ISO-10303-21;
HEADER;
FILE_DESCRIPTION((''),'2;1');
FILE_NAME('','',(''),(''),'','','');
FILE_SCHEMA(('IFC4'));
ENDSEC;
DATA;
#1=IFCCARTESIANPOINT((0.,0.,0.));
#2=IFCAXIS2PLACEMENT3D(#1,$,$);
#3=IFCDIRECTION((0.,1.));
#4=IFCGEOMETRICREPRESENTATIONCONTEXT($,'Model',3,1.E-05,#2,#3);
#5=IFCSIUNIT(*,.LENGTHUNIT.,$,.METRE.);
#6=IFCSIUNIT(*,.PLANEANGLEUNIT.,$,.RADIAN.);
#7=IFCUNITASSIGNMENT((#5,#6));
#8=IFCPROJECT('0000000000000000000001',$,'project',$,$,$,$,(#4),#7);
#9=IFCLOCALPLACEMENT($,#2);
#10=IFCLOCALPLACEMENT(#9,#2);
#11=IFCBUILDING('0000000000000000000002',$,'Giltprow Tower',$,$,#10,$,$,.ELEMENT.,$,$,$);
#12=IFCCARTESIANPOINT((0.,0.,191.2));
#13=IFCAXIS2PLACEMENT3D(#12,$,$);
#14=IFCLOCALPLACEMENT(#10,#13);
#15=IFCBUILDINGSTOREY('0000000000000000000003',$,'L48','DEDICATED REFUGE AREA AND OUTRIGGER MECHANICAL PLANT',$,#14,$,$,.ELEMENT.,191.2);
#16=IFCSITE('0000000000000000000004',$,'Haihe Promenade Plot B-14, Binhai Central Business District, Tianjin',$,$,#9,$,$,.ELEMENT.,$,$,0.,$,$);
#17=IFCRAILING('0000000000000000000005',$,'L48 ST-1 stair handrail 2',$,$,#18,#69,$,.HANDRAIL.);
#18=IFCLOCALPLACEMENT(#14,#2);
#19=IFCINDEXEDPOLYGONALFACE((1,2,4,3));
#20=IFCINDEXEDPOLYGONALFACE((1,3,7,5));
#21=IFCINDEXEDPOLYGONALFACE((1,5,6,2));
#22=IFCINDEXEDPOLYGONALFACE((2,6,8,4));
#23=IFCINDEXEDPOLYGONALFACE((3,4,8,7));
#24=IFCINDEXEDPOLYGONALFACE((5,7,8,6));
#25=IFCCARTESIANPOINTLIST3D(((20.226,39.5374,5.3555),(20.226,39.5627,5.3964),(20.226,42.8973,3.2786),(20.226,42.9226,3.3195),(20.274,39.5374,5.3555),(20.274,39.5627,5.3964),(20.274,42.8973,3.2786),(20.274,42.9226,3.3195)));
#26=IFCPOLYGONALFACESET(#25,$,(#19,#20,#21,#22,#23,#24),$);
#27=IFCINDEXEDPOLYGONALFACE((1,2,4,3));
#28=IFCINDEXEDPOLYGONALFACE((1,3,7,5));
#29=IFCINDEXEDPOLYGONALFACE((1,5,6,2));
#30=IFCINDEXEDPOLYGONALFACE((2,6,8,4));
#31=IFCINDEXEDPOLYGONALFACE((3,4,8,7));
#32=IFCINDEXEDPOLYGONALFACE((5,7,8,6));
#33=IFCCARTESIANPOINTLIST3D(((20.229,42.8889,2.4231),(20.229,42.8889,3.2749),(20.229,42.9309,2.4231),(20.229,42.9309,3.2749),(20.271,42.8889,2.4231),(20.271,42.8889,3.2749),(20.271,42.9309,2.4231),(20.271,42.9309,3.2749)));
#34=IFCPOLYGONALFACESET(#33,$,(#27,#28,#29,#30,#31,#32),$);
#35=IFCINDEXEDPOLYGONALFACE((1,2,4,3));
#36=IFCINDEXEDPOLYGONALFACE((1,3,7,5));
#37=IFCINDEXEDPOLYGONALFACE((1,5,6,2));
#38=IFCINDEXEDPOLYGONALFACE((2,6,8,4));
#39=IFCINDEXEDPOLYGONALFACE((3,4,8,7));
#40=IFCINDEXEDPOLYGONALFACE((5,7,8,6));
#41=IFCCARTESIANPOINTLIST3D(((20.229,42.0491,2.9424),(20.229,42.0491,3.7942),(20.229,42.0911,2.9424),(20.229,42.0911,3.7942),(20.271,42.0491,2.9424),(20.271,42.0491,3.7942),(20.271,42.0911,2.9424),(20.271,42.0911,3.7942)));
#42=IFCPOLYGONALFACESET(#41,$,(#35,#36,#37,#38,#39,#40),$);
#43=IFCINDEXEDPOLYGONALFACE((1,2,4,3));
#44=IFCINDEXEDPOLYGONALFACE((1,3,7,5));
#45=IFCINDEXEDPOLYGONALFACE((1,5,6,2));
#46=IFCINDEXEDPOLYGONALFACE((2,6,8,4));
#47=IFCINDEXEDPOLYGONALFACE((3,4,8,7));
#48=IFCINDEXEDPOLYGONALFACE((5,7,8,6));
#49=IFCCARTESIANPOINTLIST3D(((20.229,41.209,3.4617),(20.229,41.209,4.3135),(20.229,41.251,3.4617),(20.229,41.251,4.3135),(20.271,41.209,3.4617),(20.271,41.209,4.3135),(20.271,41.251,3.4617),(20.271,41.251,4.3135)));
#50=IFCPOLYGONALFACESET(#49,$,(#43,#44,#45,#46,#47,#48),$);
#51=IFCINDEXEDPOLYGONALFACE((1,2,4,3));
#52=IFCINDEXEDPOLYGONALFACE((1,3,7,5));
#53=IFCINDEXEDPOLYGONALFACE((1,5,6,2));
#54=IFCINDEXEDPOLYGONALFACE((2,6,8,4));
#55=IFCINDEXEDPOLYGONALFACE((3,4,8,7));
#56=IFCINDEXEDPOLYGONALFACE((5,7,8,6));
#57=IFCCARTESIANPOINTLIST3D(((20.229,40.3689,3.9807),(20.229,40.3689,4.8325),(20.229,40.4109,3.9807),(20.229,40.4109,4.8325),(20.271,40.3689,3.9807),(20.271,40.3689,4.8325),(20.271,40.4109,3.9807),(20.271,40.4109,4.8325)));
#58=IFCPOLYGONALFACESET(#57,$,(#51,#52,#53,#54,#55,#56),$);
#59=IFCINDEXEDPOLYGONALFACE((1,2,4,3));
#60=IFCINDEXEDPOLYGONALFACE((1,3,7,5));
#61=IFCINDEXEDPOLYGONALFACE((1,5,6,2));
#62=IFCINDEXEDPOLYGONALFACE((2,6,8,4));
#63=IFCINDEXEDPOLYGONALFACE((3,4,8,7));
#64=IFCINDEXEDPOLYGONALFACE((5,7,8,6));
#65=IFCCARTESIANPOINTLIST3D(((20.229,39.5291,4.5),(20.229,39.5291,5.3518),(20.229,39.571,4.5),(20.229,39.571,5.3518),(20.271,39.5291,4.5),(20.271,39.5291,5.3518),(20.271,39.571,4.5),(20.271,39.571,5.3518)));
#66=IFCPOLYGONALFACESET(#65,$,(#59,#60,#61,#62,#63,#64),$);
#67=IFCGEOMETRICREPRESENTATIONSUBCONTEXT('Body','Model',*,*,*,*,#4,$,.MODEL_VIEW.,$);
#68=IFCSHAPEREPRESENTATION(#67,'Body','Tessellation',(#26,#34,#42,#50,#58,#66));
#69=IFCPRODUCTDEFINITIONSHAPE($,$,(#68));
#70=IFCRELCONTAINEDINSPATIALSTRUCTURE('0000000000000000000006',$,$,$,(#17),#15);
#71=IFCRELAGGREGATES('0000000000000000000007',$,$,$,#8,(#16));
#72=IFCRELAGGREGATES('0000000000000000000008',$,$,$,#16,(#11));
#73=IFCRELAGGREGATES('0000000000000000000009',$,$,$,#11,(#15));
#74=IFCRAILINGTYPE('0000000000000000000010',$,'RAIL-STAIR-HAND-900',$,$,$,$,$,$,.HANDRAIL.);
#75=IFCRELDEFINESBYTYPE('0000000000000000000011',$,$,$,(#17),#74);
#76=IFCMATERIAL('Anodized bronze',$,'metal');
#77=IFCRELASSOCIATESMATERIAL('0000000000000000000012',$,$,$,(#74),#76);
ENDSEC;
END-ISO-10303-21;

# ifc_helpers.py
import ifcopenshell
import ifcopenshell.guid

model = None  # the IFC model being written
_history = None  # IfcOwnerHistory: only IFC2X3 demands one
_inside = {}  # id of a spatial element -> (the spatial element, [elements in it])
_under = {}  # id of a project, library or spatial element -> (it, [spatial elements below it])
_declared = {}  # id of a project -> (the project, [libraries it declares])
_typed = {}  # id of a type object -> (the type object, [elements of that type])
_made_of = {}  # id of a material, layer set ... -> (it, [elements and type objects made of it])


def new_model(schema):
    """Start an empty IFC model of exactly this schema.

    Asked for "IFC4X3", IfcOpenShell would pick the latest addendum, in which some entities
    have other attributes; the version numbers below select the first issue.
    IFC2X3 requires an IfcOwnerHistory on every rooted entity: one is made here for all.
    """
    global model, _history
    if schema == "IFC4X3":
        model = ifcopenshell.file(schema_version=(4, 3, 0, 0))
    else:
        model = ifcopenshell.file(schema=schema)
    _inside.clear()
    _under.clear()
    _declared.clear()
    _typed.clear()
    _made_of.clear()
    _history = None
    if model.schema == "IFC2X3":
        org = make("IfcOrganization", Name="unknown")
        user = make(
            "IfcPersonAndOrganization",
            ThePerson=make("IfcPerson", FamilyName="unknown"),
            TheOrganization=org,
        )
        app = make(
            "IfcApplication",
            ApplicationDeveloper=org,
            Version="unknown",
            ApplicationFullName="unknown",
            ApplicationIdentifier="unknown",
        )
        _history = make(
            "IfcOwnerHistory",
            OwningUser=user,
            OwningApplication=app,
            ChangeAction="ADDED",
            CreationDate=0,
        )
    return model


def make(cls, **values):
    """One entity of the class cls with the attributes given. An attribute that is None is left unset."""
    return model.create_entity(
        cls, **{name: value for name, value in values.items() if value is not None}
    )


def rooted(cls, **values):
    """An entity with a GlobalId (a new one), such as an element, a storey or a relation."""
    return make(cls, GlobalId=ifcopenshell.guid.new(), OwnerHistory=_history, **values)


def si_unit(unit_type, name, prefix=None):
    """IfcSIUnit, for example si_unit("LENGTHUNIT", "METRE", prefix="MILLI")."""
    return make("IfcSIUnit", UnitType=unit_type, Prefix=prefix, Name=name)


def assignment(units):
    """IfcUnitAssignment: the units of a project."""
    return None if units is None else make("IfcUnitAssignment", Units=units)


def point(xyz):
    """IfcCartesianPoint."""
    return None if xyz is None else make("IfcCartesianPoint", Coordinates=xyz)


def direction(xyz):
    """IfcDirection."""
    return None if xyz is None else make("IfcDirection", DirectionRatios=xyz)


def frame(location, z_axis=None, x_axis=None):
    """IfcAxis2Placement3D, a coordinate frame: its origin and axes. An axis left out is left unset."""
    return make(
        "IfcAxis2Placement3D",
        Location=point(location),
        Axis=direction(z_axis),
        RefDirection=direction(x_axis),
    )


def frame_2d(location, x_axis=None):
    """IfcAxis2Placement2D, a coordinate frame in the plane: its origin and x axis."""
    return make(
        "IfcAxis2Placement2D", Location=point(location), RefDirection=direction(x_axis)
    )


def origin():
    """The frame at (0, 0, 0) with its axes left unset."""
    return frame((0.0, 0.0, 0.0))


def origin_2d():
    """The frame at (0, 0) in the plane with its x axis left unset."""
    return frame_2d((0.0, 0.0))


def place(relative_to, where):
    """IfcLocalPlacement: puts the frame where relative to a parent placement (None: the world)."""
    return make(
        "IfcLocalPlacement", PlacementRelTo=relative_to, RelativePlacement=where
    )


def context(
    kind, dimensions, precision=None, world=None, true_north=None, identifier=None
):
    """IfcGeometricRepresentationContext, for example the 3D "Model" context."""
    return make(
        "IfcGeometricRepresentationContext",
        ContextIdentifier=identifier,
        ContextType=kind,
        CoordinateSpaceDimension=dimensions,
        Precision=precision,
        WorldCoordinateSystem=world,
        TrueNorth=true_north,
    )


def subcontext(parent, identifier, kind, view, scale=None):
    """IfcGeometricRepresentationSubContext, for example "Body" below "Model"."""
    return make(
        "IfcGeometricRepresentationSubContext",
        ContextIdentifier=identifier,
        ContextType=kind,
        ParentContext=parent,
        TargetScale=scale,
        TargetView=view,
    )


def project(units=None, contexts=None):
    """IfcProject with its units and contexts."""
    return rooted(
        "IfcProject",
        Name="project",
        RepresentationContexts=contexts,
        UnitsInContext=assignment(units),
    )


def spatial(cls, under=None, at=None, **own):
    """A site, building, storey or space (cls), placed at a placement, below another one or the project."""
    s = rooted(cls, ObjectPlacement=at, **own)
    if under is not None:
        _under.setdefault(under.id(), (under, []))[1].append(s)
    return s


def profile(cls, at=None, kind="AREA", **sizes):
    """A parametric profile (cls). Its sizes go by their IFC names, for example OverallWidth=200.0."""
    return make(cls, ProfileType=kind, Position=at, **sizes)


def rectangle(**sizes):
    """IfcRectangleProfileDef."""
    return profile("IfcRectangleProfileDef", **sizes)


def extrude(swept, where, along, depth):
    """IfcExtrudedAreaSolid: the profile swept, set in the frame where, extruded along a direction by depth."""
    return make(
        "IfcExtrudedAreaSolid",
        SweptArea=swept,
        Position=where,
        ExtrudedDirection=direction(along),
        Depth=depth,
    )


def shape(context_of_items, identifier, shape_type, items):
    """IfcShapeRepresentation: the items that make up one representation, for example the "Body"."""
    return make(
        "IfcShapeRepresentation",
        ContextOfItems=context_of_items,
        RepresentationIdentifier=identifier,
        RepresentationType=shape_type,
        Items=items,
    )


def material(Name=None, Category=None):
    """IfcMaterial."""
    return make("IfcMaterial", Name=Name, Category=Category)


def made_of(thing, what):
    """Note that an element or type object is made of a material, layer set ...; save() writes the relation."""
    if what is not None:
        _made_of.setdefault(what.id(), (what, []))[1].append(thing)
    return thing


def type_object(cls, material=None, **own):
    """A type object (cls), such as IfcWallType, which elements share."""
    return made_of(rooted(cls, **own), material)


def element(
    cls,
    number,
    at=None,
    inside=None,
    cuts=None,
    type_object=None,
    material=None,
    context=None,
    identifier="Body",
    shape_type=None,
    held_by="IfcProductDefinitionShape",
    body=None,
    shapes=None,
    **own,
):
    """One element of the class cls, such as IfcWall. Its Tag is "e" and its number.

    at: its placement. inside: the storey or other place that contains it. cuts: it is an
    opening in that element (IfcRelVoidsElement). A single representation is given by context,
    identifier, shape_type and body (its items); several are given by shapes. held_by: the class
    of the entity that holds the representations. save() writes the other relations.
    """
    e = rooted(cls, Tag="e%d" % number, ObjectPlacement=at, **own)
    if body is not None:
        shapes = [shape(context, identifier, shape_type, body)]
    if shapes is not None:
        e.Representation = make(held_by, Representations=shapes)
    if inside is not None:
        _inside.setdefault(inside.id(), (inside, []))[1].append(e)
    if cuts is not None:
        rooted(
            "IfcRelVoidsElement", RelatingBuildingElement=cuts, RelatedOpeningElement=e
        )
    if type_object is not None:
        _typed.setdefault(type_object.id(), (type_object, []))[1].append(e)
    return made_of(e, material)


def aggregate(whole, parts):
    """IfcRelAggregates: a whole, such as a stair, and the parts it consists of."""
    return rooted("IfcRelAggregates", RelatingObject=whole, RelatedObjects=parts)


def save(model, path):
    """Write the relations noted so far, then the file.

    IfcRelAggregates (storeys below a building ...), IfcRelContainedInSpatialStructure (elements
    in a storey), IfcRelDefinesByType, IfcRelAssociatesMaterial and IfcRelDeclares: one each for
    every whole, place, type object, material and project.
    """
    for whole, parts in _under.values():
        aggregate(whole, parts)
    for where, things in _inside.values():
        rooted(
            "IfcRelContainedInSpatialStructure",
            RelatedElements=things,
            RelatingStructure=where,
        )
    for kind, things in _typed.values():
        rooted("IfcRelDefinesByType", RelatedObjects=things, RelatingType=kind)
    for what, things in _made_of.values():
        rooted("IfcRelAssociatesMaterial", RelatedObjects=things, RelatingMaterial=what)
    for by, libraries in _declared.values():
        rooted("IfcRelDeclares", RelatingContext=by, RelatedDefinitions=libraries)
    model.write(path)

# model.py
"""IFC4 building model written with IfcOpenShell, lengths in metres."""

from ifc_helpers import new_model, si_unit, direction, frame, origin, origin_2d, place, context, subcontext, project, spatial, rectangle, extrude, material, type_object, element, save


model = new_model("IFC4")

# Units and contexts
model_context = context("Model", 3, precision=1e-05, world=origin(), true_north=direction((0.0, 1.0)))
body_context = subcontext(model_context, "Body", "Model", "MODEL_VIEW")
ifc_project = project(units=[si_unit("LENGTHUNIT", "METRE"), si_unit("PLANEANGLEUNIT", "RADIAN")], contexts=[model_context])

# Site, building, storey
site_placement = place(None, origin())
site = spatial("IfcSite", under=ifc_project, at=site_placement, Name="Haihe Promenade Plot B-14, Binhai Central Business District, Tianjin", CompositionType="ELEMENT", RefElevation=0.0)
building_placement = place(site_placement, origin())
building = spatial("IfcBuilding", under=site, at=building_placement, Name="Giltprow Tower", CompositionType="ELEMENT")
storey_placement = place(building_placement, frame((0.0, 0.0, 191.2)))
storey = spatial("IfcBuildingStorey", under=building, at=storey_placement, Name="L48", Description="DEDICATED REFUGE AREA AND OUTRIGGER MECHANICAL PLANT", CompositionType="ELEMENT", Elevation=191.2)

# Railing
ifc_material_1 = material(Name="Anodized bronze", Category="metal")
railing_type = type_object("IfcRailingType", Name="RAIL-STAIR-HAND-900", PredefinedType="HANDRAIL", material=ifc_material_1)
railing_placement = place(storey_placement, frame((20.25, 42.9099, 2.4231)))
element("IfcRailing", 1, at=railing_placement, inside=storey, type_object=railing_type, Name="L48 ST-1 stair handrail 2", PredefinedType="HANDRAIL", context=body_context, shape_type="SweptSolid", body=[
    extrude(rectangle(XDim=0.0481, YDim=0.0481, at=origin_2d()), frame((0.0, 0.0, 0.876), z_axis=(0.0, -0.850606, 0.525803), x_axis=(1.0, 0.0, 0.0)), (0.0, 0.0, 1.0), 3.95),
    extrude(rectangle(XDim=0.042, YDim=0.042, at=origin_2d()), origin(), (0.0, 0.0, 1.0), 0.8518),
    extrude(rectangle(XDim=0.042, YDim=0.042, at=origin_2d()), frame((0.0, -0.8398, 0.5193)), (0.0, 0.0, 1.0), 0.8518),
    extrude(rectangle(XDim=0.042, YDim=0.042, at=origin_2d()), frame((0.0, -1.6799, 1.0386)), (0.0, 0.0, 1.0), 0.8518),
    extrude(rectangle(XDim=0.042, YDim=0.042, at=origin_2d()), frame((0.0, -2.52, 1.5576)), (0.0, 0.0, 1.0), 0.8518),
    extrude(rectangle(XDim=0.042, YDim=0.042, at=origin_2d()), frame((0.0, -3.3599, 2.0769)), (0.0, 0.0, 1.0), 0.8518),
])

save(model, "model.ifc")
